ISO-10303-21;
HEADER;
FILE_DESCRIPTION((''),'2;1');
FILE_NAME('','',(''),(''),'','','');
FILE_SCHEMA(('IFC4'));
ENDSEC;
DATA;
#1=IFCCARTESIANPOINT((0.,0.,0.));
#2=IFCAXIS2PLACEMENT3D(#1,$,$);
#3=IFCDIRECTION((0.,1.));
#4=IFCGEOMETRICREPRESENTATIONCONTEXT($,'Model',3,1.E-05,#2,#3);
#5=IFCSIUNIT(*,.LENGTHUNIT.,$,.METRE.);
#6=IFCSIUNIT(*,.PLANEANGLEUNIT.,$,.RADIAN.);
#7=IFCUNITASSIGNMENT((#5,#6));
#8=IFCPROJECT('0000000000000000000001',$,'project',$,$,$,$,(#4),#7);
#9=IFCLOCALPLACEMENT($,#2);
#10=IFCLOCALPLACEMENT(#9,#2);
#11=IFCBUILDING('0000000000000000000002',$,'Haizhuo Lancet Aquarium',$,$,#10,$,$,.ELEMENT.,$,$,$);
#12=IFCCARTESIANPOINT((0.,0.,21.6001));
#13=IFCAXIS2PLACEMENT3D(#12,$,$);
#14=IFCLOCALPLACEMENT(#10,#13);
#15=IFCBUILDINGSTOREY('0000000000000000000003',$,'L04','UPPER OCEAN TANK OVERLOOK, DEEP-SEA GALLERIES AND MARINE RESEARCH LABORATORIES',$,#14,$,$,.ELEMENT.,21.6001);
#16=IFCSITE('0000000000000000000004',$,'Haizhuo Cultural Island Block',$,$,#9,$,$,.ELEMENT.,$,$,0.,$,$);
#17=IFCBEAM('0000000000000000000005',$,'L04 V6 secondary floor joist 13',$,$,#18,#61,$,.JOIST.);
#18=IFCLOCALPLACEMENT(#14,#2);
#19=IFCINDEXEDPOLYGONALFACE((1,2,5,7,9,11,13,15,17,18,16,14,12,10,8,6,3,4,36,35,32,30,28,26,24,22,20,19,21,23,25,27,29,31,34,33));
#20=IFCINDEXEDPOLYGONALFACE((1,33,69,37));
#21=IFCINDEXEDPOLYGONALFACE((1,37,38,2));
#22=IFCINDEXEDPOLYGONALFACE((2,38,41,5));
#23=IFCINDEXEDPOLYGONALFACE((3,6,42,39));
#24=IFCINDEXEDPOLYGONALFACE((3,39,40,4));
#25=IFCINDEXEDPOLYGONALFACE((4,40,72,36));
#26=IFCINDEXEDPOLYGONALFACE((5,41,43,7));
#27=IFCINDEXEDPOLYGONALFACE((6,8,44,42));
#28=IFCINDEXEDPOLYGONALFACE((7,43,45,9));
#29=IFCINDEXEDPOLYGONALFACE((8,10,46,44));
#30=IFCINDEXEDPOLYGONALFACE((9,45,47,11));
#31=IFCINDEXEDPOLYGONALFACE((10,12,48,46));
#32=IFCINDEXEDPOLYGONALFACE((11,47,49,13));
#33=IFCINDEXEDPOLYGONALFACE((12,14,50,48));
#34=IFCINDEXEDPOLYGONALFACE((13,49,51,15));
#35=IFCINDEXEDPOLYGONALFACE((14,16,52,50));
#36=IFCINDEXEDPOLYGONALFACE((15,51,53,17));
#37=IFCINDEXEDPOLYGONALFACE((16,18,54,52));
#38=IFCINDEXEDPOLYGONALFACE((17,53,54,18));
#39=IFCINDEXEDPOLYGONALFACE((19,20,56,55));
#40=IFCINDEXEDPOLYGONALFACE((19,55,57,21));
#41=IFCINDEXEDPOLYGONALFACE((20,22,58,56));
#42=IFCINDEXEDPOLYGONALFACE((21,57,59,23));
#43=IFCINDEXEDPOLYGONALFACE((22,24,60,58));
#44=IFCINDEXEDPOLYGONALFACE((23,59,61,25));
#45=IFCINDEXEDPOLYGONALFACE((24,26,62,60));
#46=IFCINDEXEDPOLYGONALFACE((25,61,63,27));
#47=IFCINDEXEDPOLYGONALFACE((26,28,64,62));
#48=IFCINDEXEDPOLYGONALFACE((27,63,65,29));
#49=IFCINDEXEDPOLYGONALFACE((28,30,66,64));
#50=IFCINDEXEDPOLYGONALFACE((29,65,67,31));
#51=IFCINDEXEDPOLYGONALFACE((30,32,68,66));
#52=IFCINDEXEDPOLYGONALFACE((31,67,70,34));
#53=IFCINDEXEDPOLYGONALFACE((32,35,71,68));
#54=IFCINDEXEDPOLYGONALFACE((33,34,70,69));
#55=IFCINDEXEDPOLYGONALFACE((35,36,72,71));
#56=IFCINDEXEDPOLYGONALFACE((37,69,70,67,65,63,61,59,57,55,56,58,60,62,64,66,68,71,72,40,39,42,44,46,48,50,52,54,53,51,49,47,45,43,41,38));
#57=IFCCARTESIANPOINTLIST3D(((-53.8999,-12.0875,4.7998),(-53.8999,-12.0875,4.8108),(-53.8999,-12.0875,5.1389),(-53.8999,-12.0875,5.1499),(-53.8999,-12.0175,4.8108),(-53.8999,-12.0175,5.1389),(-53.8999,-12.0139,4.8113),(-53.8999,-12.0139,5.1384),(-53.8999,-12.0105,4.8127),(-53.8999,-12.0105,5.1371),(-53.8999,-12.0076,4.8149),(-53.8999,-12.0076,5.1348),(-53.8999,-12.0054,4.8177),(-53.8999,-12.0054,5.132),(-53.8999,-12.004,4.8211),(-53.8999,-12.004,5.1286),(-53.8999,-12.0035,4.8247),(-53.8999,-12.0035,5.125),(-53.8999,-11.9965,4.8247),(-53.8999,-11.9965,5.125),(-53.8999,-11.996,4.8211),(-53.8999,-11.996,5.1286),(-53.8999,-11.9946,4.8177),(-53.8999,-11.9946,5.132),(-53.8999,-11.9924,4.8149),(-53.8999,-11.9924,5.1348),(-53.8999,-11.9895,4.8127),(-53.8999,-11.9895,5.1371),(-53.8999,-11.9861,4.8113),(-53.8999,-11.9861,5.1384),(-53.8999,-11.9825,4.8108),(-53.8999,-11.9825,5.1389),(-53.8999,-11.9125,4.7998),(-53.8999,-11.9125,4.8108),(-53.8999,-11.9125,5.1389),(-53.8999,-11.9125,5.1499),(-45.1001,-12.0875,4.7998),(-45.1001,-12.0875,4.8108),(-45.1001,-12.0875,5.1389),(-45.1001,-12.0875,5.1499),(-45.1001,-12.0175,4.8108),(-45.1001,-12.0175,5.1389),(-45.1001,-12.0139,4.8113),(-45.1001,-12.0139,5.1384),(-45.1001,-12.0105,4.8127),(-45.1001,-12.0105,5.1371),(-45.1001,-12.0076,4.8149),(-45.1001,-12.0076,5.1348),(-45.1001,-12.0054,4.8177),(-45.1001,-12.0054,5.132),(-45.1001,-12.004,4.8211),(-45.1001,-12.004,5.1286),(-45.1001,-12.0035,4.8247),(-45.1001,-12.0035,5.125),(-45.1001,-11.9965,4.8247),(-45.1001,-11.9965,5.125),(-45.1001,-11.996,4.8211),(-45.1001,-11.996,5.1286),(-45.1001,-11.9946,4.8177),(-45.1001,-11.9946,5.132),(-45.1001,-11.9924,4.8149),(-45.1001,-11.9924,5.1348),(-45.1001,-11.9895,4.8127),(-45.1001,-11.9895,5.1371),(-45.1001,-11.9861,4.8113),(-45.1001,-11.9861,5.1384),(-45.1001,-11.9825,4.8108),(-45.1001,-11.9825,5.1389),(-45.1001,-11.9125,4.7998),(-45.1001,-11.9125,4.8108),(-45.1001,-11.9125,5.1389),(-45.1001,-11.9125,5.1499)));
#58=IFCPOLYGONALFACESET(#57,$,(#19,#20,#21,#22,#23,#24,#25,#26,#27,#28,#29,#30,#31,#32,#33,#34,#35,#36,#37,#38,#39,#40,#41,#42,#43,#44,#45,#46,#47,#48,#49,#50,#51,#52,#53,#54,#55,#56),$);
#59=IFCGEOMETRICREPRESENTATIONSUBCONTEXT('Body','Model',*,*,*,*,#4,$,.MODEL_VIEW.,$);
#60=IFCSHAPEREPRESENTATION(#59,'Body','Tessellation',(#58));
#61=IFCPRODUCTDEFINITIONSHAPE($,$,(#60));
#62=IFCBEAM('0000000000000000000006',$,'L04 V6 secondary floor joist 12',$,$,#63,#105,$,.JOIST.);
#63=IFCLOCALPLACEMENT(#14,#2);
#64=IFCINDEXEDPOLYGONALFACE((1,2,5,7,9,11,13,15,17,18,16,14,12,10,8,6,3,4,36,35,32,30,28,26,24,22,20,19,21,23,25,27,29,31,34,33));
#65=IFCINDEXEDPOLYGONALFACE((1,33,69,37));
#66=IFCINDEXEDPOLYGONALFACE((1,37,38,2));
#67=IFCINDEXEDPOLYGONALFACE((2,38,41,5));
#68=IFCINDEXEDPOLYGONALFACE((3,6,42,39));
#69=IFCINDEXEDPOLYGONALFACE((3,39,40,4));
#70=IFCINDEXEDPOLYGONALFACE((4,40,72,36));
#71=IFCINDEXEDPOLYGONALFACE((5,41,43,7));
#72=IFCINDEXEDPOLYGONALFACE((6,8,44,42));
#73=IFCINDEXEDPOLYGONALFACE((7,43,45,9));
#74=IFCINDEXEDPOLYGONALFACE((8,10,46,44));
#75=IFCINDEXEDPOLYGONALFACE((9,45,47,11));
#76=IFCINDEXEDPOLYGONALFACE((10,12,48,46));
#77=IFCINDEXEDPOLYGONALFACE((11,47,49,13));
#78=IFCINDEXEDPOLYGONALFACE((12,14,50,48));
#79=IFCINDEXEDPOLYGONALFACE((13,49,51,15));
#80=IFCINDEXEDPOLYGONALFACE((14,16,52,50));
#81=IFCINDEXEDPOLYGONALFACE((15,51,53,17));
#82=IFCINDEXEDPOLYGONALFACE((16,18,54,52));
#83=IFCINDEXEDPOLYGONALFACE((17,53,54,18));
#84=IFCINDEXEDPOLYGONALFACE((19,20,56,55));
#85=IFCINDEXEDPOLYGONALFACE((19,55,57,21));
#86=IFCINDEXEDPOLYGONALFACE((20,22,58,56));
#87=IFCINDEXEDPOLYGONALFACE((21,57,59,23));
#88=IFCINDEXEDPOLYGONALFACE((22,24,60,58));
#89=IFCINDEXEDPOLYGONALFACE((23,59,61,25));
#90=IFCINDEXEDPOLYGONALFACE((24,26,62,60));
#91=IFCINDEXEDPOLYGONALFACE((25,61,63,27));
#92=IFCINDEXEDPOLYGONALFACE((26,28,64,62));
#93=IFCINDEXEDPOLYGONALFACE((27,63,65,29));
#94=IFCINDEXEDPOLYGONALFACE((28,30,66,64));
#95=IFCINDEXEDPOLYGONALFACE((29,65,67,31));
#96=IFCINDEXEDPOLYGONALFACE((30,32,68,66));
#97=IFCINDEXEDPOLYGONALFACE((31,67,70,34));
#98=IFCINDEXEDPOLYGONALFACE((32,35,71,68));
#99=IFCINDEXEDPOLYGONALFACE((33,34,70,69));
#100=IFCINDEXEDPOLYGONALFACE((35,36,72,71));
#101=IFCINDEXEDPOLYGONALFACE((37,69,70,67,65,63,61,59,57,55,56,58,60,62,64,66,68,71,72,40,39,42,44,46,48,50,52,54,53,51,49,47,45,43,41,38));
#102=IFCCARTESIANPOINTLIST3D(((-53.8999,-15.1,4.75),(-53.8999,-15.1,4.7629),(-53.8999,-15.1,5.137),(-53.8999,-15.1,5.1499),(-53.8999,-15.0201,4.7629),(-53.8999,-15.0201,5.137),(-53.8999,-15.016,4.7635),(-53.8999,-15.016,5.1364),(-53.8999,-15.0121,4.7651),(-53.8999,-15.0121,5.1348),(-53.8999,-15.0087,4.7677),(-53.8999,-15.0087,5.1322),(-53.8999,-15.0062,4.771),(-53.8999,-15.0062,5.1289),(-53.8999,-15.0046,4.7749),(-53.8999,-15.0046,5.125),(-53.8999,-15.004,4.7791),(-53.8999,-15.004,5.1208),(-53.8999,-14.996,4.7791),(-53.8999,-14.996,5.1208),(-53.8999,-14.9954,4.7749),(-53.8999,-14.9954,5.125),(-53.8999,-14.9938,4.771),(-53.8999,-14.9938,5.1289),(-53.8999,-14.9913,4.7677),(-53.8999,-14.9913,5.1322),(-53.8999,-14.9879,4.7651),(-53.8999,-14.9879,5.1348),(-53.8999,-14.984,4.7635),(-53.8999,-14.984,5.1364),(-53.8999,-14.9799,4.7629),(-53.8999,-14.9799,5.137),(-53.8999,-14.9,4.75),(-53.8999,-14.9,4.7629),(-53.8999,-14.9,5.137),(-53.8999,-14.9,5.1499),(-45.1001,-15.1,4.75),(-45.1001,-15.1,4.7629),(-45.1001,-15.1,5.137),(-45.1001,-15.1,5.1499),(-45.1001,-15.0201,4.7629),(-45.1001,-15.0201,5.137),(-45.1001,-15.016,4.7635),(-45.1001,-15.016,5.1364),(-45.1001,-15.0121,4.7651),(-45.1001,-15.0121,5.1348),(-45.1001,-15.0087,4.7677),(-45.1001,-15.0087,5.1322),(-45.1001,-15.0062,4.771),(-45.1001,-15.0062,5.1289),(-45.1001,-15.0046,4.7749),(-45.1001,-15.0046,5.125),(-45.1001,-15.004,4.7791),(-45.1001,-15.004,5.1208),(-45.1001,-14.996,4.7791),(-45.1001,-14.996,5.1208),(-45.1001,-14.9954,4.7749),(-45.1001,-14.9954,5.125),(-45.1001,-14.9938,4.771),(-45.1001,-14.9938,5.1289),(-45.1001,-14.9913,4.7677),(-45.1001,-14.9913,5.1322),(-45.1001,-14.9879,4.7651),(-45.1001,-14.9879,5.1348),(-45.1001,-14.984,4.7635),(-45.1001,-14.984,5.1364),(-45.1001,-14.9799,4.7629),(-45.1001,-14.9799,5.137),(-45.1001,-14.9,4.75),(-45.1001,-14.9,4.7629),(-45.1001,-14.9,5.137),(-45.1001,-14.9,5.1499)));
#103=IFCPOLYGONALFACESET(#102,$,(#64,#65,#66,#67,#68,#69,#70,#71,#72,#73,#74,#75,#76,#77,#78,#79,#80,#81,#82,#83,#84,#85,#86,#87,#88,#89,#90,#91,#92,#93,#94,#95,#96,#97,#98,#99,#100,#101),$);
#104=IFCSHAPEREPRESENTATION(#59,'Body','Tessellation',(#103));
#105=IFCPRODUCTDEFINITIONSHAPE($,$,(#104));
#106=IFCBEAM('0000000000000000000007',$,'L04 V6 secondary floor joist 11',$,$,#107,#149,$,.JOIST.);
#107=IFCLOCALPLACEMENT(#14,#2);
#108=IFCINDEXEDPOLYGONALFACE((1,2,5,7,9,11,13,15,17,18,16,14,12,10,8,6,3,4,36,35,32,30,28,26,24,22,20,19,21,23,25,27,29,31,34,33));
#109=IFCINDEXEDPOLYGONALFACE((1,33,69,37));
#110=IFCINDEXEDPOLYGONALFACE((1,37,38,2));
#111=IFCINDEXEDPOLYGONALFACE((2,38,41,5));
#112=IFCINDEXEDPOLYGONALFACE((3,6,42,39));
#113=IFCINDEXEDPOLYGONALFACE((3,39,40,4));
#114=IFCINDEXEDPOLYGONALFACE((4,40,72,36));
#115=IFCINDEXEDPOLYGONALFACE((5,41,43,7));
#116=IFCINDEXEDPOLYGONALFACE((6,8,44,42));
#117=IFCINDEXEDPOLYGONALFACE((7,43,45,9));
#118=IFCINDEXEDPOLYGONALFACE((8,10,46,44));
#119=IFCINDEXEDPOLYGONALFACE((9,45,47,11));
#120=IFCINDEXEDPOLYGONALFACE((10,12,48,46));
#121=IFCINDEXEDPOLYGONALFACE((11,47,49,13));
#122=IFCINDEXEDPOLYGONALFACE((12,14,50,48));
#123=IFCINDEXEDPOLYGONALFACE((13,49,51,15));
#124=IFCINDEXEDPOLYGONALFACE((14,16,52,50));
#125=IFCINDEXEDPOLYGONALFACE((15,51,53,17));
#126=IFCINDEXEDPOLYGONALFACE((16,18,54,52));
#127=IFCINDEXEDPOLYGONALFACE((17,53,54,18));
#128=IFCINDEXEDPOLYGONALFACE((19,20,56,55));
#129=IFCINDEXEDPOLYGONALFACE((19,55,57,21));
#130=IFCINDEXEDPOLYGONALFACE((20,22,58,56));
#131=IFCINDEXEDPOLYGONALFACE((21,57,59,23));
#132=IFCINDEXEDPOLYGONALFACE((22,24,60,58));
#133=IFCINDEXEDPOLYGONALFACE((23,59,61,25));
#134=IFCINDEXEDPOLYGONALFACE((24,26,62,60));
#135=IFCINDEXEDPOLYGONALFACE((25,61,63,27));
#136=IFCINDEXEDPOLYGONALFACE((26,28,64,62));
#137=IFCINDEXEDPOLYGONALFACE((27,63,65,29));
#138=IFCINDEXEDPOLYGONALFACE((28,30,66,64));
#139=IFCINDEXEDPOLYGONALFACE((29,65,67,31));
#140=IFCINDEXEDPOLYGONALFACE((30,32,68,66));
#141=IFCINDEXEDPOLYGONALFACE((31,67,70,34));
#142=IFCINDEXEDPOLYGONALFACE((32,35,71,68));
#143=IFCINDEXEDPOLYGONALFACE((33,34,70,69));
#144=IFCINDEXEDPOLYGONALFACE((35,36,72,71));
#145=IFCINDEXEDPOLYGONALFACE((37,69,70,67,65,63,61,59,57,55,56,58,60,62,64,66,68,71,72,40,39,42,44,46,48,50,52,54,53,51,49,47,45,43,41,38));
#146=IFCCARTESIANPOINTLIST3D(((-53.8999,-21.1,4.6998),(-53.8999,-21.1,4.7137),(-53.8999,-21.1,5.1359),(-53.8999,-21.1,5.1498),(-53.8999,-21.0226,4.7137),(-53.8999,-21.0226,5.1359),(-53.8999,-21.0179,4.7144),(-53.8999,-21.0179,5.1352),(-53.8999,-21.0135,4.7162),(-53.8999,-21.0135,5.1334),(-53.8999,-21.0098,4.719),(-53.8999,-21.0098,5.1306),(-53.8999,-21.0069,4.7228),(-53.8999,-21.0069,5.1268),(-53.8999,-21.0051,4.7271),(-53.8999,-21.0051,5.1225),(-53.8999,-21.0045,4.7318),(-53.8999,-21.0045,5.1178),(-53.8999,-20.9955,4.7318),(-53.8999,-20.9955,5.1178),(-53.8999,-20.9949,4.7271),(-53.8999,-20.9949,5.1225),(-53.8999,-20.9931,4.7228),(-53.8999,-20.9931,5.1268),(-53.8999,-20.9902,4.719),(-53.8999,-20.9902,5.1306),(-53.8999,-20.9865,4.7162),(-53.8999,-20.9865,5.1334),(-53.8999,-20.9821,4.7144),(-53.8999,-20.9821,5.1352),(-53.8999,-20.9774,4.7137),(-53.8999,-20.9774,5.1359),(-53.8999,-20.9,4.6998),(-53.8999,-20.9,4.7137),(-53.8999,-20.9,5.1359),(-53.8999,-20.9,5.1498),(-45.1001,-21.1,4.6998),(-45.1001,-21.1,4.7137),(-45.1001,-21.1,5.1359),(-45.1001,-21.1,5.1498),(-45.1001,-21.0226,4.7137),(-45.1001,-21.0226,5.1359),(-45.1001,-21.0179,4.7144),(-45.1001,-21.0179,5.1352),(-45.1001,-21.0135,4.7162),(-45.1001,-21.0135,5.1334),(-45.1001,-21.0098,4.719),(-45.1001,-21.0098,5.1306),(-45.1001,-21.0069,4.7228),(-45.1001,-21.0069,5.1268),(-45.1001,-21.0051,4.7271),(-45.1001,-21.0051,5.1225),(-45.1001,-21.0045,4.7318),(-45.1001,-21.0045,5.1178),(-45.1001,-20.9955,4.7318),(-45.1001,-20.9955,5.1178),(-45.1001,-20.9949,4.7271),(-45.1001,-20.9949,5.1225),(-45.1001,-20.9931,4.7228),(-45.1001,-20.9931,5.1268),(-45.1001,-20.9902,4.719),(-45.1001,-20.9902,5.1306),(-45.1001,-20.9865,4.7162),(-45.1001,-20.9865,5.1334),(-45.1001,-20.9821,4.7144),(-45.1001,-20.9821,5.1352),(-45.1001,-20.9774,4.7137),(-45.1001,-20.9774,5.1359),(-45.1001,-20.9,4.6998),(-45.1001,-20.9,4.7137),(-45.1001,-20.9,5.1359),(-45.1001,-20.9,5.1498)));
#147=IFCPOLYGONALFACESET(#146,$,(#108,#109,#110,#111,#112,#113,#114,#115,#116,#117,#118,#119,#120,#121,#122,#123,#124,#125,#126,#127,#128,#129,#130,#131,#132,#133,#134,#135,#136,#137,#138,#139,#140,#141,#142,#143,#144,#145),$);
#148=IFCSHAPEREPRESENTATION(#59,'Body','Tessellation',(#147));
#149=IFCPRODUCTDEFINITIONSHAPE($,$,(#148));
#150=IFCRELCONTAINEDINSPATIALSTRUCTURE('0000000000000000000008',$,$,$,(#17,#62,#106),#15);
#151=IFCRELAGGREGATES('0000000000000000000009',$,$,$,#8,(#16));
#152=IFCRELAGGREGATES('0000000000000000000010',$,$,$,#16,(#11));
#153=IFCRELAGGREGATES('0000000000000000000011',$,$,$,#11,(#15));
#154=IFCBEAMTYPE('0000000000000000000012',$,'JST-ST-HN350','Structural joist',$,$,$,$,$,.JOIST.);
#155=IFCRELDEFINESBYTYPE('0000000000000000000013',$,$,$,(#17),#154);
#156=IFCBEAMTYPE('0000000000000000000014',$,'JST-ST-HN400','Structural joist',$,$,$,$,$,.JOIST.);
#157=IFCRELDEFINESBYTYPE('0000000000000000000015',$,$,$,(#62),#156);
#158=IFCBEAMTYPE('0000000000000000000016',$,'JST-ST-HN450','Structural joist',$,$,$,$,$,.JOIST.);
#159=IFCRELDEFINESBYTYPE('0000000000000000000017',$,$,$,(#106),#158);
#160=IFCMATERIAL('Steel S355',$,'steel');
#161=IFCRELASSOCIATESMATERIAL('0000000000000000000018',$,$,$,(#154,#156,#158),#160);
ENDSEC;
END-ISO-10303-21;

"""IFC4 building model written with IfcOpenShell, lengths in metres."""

from ifc_helpers import new_model, si_unit, direction, frame, origin, origin_2d, place, context, subcontext, project, spatial, i_section, extrude, material, material_profile, profile_set, type_object, element, save


model = new_model("IFC4")

# Units and contexts
model_context = context("Model", 3, precision=1e-05, world=origin(), true_north=direction((0.0, 1.0)))
body_context = subcontext(model_context, "Body", "Model", "MODEL_VIEW")
ifc_project = project(units=[si_unit("LENGTHUNIT", "METRE"), si_unit("PLANEANGLEUNIT", "RADIAN")], contexts=[model_context])

# Site, building, storey
site_placement = place(None, origin())
site = spatial("IfcSite", under=ifc_project, at=site_placement, Name="Haizhuo Cultural Island Block", CompositionType="ELEMENT", RefElevation=0.0)
building_placement = place(site_placement, origin())
building = spatial("IfcBuilding", under=site, at=building_placement, Name="Haizhuo Lancet Aquarium", CompositionType="ELEMENT")
storey_placement = place(building_placement, frame((0.0, 0.0, 21.6001)))
storey = spatial("IfcBuildingStorey", under=building, at=storey_placement, Name="L04", Description="UPPER OCEAN TANK OVERLOOK, DEEP-SEA GALLERIES AND MARINE RESEARCH LABORATORIES", CompositionType="ELEMENT", Elevation=21.6001)

# Shared definitions
ifc_material_1 = material(Name="Steel S355", Category="steel")

# Beams
ifc_material_profile_1 = material_profile(ifc_material_1, i_section(OverallWidth=0.175, OverallDepth=0.3501, WebThickness=0.0071, FlangeThickness=0.011, FilletRadius=0.0139, at=origin_2d()), Name="HN 350x175x7x11")
ifc_profile_set_1 = profile_set([ifc_material_profile_1], Name="Steel S355")
beam_type_1 = type_object("IfcBeamType", Name="JST-ST-HN350", Description="Structural joist", PredefinedType="JOIST", material=ifc_profile_set_1)
beam_1_placement = place(storey_placement, frame((-53.8999, -12.0, 4.9749), z_axis=(1.0, 0.0, 0.0), x_axis=(0.0, 1.0, 0.0)))
element("IfcBeam", 1, at=beam_1_placement, inside=storey, type_object=beam_type_1, Name="L04 V6 secondary floor joist 13", PredefinedType="JOIST", context=body_context, shape_type="SweptSolid", body=[
    extrude(i_section(OverallWidth=0.175, OverallDepth=0.3501, WebThickness=0.0071, FlangeThickness=0.011, FilletRadius=0.0139, at=origin_2d()), origin(), (0.0, 0.0, 1.0), 8.7998),
])
ifc_material_profile_2 = material_profile(ifc_material_1, i_section(OverallWidth=0.2, OverallDepth=0.3999, WebThickness=0.0081, FlangeThickness=0.0129, FilletRadius=0.0161, at=origin_2d()), Name="HN 400x200x8x13")
ifc_profile_set_2 = profile_set([ifc_material_profile_2], Name="Steel S355")
beam_type_2 = type_object("IfcBeamType", Name="JST-ST-HN400", Description="Structural joist", PredefinedType="JOIST", material=ifc_profile_set_2)
beam_2_placement = place(storey_placement, frame((-53.8999, -15.0, 4.95), z_axis=(1.0, 0.0, 0.0), x_axis=(0.0, 1.0, 0.0)))
element("IfcBeam", 2, at=beam_2_placement, inside=storey, type_object=beam_type_2, Name="L04 V6 secondary floor joist 12", PredefinedType="JOIST", context=body_context, shape_type="SweptSolid", body=[
    extrude(i_section(OverallWidth=0.2, OverallDepth=0.3999, WebThickness=0.0081, FlangeThickness=0.0129, FilletRadius=0.0161, at=origin_2d()), origin(), (0.0, 0.0, 1.0), 8.7998),
])
ifc_material_profile_3 = material_profile(ifc_material_1, i_section(OverallWidth=0.2, OverallDepth=0.45, WebThickness=0.009, FlangeThickness=0.0139, FilletRadius=0.0181, at=origin_2d()), Name="HN 450x200x9x14")
ifc_profile_set_3 = profile_set([ifc_material_profile_3], Name="Steel S355")
beam_type_3 = type_object("IfcBeamType", Name="JST-ST-HN450", Description="Structural joist", PredefinedType="JOIST", material=ifc_profile_set_3)
beam_3_placement = place(storey_placement, frame((-53.8999, -21.0, 4.9248), z_axis=(1.0, 0.0, 0.0), x_axis=(0.0, 1.0, 0.0)))
element("IfcBeam", 3, at=beam_3_placement, inside=storey, type_object=beam_type_3, Name="L04 V6 secondary floor joist 11", PredefinedType="JOIST", context=body_context, shape_type="SweptSolid", body=[
    extrude(i_section(OverallWidth=0.2, OverallDepth=0.45, WebThickness=0.009, FlangeThickness=0.0139, FilletRadius=0.0181, at=origin_2d()), origin(), (0.0, 0.0, 1.0), 8.7998),
])

save(model, "model.ifc")
